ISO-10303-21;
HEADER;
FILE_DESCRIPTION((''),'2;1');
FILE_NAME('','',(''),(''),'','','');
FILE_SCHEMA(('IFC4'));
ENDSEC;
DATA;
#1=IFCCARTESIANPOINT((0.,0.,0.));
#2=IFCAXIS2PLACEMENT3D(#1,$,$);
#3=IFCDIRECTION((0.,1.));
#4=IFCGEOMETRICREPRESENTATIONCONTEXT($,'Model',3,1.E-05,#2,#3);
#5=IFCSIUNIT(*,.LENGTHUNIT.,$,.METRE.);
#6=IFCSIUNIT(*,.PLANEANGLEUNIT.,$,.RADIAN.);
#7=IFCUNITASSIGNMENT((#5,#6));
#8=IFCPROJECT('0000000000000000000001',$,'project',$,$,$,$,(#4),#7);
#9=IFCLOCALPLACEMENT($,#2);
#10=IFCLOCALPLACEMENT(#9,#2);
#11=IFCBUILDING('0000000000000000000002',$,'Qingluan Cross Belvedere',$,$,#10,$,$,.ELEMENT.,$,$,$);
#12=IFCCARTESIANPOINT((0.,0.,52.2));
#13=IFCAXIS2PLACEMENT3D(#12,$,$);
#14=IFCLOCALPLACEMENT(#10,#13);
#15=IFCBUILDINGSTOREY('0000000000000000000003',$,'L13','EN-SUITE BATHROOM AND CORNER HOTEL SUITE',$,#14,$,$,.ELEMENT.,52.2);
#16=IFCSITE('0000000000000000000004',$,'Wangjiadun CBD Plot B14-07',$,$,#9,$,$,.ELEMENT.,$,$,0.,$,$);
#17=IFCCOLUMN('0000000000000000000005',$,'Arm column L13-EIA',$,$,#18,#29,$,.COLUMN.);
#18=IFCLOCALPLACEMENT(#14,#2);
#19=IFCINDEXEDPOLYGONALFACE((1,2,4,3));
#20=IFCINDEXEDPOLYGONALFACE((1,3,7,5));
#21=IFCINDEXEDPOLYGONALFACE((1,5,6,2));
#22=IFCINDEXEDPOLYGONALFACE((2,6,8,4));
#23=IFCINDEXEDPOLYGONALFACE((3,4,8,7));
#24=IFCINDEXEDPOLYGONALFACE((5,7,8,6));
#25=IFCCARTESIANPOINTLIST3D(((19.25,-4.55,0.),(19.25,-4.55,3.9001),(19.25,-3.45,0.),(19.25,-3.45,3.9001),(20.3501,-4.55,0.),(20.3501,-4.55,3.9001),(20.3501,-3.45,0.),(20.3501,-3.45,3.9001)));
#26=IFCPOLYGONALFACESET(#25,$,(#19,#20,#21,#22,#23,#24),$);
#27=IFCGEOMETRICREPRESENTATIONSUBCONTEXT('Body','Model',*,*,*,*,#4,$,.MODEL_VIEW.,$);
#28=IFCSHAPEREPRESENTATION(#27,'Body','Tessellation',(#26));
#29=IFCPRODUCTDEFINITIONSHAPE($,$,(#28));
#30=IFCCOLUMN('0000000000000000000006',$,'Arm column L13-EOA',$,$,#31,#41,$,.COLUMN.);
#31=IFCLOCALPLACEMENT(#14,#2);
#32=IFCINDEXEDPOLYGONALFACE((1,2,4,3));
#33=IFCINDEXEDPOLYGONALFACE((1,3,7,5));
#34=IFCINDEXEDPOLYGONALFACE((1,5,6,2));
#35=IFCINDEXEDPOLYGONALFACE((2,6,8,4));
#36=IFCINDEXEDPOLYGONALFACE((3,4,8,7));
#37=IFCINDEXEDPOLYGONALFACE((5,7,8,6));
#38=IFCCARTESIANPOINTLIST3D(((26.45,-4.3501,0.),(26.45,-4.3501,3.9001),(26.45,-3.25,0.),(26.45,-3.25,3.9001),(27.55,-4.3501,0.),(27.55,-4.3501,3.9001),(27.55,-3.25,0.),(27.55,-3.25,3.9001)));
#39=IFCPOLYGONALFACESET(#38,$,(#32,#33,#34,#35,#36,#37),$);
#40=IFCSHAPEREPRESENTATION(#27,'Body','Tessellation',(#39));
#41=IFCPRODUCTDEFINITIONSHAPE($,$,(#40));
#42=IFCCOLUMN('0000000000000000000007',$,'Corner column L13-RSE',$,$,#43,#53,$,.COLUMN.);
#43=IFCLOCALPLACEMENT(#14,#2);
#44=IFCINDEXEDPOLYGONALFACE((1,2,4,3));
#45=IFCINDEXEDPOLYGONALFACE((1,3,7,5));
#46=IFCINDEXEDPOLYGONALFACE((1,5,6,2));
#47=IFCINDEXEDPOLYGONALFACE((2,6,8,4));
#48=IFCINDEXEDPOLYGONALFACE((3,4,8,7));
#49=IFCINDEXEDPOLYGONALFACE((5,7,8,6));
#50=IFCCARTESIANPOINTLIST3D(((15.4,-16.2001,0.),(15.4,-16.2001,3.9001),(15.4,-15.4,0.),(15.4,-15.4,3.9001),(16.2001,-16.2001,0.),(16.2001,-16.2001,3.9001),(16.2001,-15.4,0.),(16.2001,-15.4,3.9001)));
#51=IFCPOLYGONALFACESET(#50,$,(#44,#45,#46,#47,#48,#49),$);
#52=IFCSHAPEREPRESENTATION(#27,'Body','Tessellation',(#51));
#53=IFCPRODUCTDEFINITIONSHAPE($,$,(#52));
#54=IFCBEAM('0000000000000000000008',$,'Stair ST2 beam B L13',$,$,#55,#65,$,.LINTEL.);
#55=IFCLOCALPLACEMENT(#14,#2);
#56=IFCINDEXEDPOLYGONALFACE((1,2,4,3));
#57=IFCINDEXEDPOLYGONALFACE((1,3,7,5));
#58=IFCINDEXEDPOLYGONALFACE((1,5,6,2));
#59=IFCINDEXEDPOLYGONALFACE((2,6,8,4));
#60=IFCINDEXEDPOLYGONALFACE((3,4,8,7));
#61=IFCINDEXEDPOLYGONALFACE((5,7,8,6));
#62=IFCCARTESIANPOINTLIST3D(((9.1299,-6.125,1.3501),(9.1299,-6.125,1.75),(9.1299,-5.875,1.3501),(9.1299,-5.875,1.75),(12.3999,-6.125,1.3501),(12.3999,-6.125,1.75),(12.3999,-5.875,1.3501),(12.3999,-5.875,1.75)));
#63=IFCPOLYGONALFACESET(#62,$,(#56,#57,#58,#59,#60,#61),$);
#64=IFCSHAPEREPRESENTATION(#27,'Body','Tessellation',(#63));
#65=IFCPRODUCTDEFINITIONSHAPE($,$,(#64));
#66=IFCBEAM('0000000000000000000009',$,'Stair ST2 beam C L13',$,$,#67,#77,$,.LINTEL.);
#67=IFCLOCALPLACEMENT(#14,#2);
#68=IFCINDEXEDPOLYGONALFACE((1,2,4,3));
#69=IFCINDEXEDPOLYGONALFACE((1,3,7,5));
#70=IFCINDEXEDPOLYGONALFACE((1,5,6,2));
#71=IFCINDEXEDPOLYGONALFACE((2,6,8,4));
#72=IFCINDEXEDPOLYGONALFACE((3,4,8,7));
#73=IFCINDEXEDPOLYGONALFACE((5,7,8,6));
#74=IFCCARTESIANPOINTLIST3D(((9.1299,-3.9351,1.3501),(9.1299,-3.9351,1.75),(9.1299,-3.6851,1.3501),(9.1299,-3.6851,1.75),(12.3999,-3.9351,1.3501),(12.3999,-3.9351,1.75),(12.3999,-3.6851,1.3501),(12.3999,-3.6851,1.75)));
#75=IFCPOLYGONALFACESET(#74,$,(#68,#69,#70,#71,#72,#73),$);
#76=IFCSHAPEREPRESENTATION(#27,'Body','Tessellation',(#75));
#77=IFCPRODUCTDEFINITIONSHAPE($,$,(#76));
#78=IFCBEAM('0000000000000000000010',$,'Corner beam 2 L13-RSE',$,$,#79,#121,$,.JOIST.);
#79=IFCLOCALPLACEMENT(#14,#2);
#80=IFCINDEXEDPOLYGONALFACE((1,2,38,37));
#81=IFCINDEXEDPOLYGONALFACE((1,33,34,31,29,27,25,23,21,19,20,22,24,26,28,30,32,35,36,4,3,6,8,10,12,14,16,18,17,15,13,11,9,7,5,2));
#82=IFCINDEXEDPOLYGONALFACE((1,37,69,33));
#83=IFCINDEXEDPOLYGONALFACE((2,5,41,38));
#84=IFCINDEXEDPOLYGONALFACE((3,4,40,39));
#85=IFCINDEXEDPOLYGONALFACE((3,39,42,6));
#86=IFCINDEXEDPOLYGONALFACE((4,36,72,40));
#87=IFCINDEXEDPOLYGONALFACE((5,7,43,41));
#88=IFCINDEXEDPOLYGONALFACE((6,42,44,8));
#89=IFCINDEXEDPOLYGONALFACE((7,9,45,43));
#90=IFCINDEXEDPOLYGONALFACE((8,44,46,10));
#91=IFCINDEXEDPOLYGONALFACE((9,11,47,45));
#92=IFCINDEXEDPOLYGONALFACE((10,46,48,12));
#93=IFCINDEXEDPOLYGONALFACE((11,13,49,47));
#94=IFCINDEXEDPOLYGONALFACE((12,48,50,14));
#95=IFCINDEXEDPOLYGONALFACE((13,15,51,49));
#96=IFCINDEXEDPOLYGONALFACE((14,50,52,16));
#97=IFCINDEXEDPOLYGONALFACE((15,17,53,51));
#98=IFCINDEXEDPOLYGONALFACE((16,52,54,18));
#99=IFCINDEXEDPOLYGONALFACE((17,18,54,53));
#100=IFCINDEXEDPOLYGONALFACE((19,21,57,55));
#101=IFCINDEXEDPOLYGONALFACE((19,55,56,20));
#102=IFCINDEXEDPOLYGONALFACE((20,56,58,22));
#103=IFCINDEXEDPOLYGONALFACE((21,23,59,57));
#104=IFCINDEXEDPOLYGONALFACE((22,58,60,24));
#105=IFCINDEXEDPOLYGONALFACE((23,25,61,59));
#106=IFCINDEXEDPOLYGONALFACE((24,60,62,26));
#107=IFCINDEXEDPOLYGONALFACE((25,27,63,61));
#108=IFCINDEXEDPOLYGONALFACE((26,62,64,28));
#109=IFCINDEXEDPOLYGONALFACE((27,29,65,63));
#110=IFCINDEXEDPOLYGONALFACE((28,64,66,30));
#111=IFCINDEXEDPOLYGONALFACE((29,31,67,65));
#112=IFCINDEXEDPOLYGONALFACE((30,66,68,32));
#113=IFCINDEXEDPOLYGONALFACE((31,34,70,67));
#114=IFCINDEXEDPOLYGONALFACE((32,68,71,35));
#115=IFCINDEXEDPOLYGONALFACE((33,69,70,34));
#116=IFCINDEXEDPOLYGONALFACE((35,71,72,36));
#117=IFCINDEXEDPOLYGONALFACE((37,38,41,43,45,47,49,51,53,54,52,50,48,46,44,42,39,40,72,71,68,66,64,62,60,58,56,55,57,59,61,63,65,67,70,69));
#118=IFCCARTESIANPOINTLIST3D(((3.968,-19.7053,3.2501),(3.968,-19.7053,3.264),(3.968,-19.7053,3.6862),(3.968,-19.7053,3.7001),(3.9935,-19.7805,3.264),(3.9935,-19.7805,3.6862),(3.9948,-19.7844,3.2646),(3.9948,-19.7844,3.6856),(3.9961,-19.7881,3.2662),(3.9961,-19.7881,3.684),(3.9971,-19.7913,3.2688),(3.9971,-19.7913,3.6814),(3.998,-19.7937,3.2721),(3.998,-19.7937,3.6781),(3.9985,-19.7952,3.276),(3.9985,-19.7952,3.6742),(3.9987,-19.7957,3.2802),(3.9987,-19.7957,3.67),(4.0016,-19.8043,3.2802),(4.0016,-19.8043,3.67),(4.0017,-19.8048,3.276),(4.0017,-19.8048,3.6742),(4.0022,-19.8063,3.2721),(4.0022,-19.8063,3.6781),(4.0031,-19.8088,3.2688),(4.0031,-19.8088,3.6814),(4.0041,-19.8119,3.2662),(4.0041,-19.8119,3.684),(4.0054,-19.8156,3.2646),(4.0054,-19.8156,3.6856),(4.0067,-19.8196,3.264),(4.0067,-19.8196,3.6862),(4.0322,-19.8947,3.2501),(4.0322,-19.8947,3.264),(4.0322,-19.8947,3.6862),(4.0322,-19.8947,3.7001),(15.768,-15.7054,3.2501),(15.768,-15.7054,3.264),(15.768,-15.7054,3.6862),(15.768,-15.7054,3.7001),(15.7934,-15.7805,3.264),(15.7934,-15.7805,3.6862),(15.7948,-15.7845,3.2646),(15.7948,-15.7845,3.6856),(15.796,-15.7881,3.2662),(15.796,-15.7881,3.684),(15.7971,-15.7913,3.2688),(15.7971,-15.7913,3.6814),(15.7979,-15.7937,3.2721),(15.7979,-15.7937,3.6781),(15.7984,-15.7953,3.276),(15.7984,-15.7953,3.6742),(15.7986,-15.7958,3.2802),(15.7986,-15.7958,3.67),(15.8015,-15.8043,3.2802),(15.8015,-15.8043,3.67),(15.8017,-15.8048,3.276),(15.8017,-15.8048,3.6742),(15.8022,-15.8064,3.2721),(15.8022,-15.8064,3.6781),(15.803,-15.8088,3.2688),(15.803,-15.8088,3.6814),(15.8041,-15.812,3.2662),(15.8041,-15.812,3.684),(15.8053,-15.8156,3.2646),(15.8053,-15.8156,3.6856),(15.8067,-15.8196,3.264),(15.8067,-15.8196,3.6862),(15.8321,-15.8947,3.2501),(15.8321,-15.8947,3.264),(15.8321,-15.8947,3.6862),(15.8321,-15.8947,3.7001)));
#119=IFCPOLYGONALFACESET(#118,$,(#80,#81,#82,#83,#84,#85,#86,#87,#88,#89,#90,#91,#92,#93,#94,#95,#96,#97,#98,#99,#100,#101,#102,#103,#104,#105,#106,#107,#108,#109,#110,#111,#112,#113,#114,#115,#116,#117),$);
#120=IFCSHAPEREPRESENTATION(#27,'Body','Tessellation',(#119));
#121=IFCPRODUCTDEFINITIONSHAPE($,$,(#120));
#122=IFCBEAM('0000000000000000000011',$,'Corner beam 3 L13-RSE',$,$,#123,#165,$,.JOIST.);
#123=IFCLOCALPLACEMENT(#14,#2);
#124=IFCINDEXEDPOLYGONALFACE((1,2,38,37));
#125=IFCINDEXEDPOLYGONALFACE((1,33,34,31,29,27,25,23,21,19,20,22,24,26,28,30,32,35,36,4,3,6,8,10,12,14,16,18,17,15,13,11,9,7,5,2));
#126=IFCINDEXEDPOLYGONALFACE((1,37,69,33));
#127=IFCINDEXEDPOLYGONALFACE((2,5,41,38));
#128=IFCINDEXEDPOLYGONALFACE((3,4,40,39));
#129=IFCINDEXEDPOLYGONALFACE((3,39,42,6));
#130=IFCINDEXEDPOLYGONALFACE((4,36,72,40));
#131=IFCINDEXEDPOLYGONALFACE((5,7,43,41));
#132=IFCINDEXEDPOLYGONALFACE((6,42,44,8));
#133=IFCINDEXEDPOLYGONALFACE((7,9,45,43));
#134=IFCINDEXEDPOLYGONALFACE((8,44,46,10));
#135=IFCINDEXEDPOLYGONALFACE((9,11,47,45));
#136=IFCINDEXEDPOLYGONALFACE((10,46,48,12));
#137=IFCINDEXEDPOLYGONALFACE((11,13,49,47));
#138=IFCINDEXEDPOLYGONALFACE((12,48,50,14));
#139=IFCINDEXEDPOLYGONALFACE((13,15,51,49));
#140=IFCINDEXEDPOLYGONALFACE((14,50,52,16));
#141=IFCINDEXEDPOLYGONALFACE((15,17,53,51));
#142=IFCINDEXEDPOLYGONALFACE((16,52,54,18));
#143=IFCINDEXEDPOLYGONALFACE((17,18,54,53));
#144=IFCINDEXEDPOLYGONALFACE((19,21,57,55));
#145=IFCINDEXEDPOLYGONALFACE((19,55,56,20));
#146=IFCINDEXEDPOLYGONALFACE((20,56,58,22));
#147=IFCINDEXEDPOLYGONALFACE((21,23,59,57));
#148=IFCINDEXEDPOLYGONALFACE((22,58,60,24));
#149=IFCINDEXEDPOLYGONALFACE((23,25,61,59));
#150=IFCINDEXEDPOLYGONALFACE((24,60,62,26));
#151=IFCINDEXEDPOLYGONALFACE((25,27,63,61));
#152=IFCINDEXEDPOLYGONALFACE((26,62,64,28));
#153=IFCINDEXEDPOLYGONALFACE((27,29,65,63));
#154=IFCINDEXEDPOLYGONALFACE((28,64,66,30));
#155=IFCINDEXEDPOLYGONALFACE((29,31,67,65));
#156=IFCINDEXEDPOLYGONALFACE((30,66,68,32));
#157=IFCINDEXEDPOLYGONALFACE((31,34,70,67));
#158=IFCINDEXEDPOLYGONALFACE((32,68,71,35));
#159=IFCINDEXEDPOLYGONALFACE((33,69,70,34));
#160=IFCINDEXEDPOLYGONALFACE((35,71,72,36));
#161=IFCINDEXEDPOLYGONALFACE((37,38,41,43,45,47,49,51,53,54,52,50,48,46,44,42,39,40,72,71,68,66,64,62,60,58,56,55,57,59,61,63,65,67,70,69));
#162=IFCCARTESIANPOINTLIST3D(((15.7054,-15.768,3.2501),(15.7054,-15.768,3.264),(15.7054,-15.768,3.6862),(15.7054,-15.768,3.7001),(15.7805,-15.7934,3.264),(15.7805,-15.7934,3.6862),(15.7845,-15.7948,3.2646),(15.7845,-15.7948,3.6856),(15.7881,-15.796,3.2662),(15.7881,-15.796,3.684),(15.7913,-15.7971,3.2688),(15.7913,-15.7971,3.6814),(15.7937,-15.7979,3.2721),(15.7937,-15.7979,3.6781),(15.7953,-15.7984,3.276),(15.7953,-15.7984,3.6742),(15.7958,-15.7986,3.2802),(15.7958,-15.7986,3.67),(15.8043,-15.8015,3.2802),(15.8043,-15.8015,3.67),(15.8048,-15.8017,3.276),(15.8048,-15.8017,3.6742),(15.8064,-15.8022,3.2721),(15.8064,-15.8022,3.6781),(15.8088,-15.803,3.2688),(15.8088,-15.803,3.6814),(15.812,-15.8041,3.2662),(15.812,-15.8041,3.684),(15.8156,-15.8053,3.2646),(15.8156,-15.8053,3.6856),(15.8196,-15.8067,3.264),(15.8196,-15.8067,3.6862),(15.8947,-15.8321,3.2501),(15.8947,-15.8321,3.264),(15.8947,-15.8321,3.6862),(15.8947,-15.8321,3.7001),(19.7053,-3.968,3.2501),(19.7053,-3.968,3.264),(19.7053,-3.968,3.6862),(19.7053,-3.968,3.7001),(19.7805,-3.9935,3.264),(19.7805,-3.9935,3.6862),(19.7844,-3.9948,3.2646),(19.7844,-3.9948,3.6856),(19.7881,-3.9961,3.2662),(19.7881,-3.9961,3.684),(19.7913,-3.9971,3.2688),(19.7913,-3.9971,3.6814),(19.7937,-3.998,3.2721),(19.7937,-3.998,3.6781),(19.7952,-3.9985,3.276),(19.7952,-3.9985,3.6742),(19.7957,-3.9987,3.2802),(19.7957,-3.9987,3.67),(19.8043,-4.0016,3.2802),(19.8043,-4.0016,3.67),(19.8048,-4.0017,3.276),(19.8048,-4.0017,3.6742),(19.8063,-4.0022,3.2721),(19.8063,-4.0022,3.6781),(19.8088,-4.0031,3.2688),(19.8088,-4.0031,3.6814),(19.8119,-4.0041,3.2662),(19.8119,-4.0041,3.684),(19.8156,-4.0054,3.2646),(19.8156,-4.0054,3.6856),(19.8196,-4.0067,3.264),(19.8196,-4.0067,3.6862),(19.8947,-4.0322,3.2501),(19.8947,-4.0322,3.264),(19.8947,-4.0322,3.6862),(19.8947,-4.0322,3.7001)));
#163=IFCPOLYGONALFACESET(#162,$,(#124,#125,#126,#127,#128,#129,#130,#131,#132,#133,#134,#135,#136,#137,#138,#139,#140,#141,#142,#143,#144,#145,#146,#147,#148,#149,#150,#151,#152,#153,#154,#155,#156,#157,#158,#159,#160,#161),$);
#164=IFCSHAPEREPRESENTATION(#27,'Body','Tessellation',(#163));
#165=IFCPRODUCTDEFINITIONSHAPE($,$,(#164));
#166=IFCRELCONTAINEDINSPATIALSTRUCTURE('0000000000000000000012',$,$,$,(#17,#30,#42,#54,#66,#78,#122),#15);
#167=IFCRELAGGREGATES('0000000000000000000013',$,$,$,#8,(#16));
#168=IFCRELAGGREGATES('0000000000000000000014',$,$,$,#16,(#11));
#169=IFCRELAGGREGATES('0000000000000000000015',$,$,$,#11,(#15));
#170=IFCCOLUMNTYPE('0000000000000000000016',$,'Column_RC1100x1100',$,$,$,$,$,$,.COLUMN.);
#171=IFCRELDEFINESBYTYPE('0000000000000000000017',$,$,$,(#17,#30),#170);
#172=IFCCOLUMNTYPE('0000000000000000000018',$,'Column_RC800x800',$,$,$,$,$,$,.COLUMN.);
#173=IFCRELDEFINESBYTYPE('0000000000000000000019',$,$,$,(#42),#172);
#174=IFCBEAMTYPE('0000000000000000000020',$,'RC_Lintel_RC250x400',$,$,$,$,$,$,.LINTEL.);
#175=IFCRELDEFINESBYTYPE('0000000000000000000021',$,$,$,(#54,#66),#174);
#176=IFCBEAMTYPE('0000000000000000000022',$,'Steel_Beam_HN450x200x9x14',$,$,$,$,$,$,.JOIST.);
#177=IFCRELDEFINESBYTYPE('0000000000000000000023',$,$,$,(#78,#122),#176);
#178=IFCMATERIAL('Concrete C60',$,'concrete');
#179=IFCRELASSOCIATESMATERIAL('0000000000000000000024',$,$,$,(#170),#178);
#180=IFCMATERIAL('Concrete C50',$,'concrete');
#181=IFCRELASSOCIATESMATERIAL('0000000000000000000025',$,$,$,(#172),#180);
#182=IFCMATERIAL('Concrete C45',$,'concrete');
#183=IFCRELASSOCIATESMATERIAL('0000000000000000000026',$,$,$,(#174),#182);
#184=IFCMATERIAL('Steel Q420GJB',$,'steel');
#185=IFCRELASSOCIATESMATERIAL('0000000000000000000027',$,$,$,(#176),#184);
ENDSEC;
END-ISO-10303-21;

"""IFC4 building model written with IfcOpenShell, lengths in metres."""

from ifc_helpers import new_model, si_unit, direction, frame, origin, origin_2d, place, context, subcontext, project, spatial, rectangle, i_section, extrude, material, material_profile, profile_set, type_object, element, save


model = new_model("IFC4")

# Units and contexts
model_context = context("Model", 3, precision=1e-05, world=origin(), true_north=direction((0.0, 1.0)))
body_context = subcontext(model_context, "Body", "Model", "MODEL_VIEW")
ifc_project = project(units=[si_unit("LENGTHUNIT", "METRE"), si_unit("PLANEANGLEUNIT", "RADIAN")], contexts=[model_context])

# Site, building, storey
site_placement = place(None, origin())
site = spatial("IfcSite", under=ifc_project, at=site_placement, Name="Wangjiadun CBD Plot B14-07", CompositionType="ELEMENT", RefElevation=0.0)
building_placement = place(site_placement, origin())
building = spatial("IfcBuilding", under=site, at=building_placement, Name="Qingluan Cross Belvedere", CompositionType="ELEMENT")
storey_placement = place(building_placement, frame((0.0, 0.0, 52.2)))
storey = spatial("IfcBuildingStorey", under=building, at=storey_placement, Name="L13", Description="EN-SUITE BATHROOM AND CORNER HOTEL SUITE", CompositionType="ELEMENT", Elevation=52.2)

# Columns
ifc_material_1 = material(Name="Concrete C60", Category="concrete")
ifc_material_profile_1 = material_profile(ifc_material_1, rectangle(XDim=1.1001, YDim=1.1001, at=origin_2d()), Name="RC1100x1100")
ifc_profile_set_1 = profile_set([ifc_material_profile_1], Name="Concrete C60")
column_type_1 = type_object("IfcColumnType", Name="Column_RC1100x1100", PredefinedType="COLUMN", material=ifc_profile_set_1)
for number, where, z_axis, x_axis, name in (
    (1, (19.8, -4.0, 0.0), (0.0, 0.0, 1.0), (1.0, 0.0, 0.0), "Arm column L13-EIA"),
    (2, (27.0, -3.8, 0.0), (0.0, 0.0, 1.0), (1.0, 0.0, 0.0), "Arm column L13-EOA"),
):
    element("IfcColumn", number, at=place(storey_placement, frame(where, z_axis=z_axis, x_axis=x_axis)), inside=storey, type_object=column_type_1, Name=name, PredefinedType="COLUMN", context=body_context, shape_type="SweptSolid", body=[
        extrude(rectangle(XDim=1.1001, YDim=1.1001, at=origin_2d()), origin(), (0.0, 0.0, 1.0), 3.9001),
    ])
ifc_material_2 = material(Name="Concrete C50", Category="concrete")
ifc_material_profile_2 = material_profile(ifc_material_2, rectangle(XDim=0.8, YDim=0.8, at=origin_2d()), Name="RC800x800")
ifc_profile_set_2 = profile_set([ifc_material_profile_2], Name="Concrete C50")
column_type_2 = type_object("IfcColumnType", Name="Column_RC800x800", PredefinedType="COLUMN", material=ifc_profile_set_2)
column_placement = place(storey_placement, frame((15.8, -15.8, 0.0), z_axis=(0.0, 0.0, 1.0), x_axis=(1.0, 0.0, 0.0)))
element("IfcColumn", 3, at=column_placement, inside=storey, type_object=column_type_2, Name="Corner column L13-RSE", PredefinedType="COLUMN", context=body_context, shape_type="SweptSolid", body=[
    extrude(rectangle(XDim=0.8, YDim=0.8, at=origin_2d()), origin(), (0.0, 0.0, 1.0), 3.9001),
])

# Beams
ifc_material_3 = material(Name="Concrete C45", Category="concrete")
ifc_material_profile_3 = material_profile(ifc_material_3, rectangle(XDim=0.25, YDim=0.3999, at=origin_2d()), Name="RC250x400")
ifc_profile_set_3 = profile_set([ifc_material_profile_3], Name="Concrete C45")
beam_type_1 = type_object("IfcBeamType", Name="RC_Lintel_RC250x400", PredefinedType="LINTEL", material=ifc_profile_set_3)
for number, where, z_axis, x_axis, name in (
    (4, (12.3999, -6.0, 1.55), (-1.0, 0.0, 0.0), (0.0, -1.0, 0.0), "Stair ST2 beam B L13"),
    (5, (12.3999, -3.8101, 1.55), (-1.0, 0.0, 0.0), (0.0, -1.0, 0.0), "Stair ST2 beam C L13"),
):
    element("IfcBeam", number, at=place(storey_placement, frame(where, z_axis=z_axis, x_axis=x_axis)), inside=storey, type_object=beam_type_1, Name=name, PredefinedType="LINTEL", context=body_context, shape_type="SweptSolid", body=[
        extrude(rectangle(XDim=0.25, YDim=0.3999, at=origin_2d()), origin(), (0.0, 0.0, 1.0), 3.27),
    ])
ifc_material_4 = material(Name="Steel Q420GJB", Category="steel")
ifc_material_profile_4 = material_profile(ifc_material_4, i_section(OverallWidth=0.2, OverallDepth=0.45, WebThickness=0.009, FlangeThickness=0.0139, FilletRadius=0.0161, at=origin_2d()), Name="HN450x200x9x14")
ifc_profile_set_4 = profile_set([ifc_material_profile_4], Name="Steel Q420GJB")
beam_type_2 = type_object("IfcBeamType", Name="Steel_Beam_HN450x200x9x14", PredefinedType="JOIST", material=ifc_profile_set_4)
for number, where, z_axis, x_axis, name in (
    (6, (15.8, -15.8, 3.4751), (-0.947066, -0.321038, 0.0), (0.321038, -0.947066, 0.0), "Corner beam 2 L13-RSE"),
    (7, (15.8, -15.8, 3.4751), (0.321038, 0.947066, 0.0), (-0.947066, 0.321038, 0.0), "Corner beam 3 L13-RSE"),
):
    element("IfcBeam", number, at=place(storey_placement, frame(where, z_axis=z_axis, x_axis=x_axis)), inside=storey, type_object=beam_type_2, Name=name, PredefinedType="JOIST", context=body_context, shape_type="SweptSolid", body=[
        extrude(i_section(OverallWidth=0.2, OverallDepth=0.45, WebThickness=0.009, FlangeThickness=0.0139, FilletRadius=0.0161, at=origin_2d()), origin(), (0.0, 0.0, 1.0), 12.4595),
    ])

save(model, "model.ifc")
